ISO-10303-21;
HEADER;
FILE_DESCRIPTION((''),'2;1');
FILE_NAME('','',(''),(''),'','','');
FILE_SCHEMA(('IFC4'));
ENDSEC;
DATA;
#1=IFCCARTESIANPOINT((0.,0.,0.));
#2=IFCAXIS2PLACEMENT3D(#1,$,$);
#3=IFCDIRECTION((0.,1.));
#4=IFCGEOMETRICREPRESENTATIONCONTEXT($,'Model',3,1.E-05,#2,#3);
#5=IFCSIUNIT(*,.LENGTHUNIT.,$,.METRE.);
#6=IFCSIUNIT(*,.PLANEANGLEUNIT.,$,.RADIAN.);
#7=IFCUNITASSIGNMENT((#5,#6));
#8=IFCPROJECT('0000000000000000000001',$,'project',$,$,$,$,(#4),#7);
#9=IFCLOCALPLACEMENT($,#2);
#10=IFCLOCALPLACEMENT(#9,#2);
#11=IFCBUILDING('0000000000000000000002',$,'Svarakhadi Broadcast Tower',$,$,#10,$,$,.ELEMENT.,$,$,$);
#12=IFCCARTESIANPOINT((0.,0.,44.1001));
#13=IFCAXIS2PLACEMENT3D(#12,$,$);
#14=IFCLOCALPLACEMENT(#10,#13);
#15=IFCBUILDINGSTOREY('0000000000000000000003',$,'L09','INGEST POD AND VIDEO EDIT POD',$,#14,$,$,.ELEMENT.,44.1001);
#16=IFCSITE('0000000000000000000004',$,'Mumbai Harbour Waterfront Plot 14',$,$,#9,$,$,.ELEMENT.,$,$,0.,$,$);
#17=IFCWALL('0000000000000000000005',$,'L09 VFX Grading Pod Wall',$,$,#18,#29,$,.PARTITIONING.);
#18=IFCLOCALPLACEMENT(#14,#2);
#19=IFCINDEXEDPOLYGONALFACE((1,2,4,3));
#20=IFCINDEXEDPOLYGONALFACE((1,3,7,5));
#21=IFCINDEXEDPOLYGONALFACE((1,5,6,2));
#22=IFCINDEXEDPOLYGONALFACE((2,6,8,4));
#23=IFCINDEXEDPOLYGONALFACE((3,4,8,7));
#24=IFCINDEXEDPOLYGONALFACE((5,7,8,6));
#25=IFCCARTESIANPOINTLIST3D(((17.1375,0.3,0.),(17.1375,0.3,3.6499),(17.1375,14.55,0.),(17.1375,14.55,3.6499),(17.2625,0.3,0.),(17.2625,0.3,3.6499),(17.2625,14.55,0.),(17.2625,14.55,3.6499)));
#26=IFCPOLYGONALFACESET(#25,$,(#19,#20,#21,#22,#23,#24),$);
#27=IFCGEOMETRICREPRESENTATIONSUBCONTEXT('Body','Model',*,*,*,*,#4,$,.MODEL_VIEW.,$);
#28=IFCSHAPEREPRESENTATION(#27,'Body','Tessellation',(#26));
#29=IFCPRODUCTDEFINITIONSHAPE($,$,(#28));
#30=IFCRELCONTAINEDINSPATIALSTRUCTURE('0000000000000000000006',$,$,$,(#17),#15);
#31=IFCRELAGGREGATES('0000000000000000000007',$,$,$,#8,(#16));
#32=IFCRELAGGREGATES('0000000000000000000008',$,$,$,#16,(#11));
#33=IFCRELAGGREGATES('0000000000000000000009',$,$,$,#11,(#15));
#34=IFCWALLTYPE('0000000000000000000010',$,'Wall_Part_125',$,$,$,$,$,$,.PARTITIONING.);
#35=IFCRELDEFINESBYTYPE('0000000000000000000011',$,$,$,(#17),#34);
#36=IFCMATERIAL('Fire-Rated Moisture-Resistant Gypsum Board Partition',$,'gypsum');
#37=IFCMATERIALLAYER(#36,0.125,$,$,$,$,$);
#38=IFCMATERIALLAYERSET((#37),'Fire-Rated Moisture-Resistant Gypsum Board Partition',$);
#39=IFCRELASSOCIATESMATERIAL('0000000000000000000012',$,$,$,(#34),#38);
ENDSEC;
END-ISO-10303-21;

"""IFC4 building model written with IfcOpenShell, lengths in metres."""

from ifc_helpers import new_model, si_unit, direction, frame, frame_2d, origin, place, context, subcontext, project, spatial, rectangle, extrude, material, layer, layer_set, type_object, element, save


model = new_model("IFC4")

# Units and contexts
model_context = context("Model", 3, precision=1e-05, world=origin(), true_north=direction((0.0, 1.0)))
body_context = subcontext(model_context, "Body", "Model", "MODEL_VIEW")
ifc_project = project(units=[si_unit("LENGTHUNIT", "METRE"), si_unit("PLANEANGLEUNIT", "RADIAN")], contexts=[model_context])

# Site, building, storey
site_placement = place(None, origin())
site = spatial("IfcSite", under=ifc_project, at=site_placement, Name="Mumbai Harbour Waterfront Plot 14", CompositionType="ELEMENT", RefElevation=0.0)
building_placement = place(site_placement, origin())
building = spatial("IfcBuilding", under=site, at=building_placement, Name="Svarakhadi Broadcast Tower", CompositionType="ELEMENT")
storey_placement = place(building_placement, frame((0.0, 0.0, 44.1001)))
storey = spatial("IfcBuildingStorey", under=building, at=storey_placement, Name="L09", Description="INGEST POD AND VIDEO EDIT POD", CompositionType="ELEMENT", Elevation=44.1001)

# Wall
ifc_material_1 = material(Name="Fire-Rated Moisture-Resistant Gypsum Board Partition", Category="gypsum")
ifc_layer_1 = layer(ifc_material_1, 0.125)
ifc_layer_set_1 = layer_set([ifc_layer_1], Name="Fire-Rated Moisture-Resistant Gypsum Board Partition")
wall_type_1 = type_object("IfcWallType", Name="Wall_Part_125", PredefinedType="PARTITIONING", material=ifc_layer_set_1)
for number, where, z_axis, x_axis, name in (
    (1, (17.2, 0.3, 0.0), (0.0, 0.0, 1.0), (0.0, 1.0, 0.0), "L09 VFX Grading Pod Wall"),
):
    element("IfcWall", number, at=place(storey_placement, frame(where, z_axis=z_axis, x_axis=x_axis)), inside=storey, type_object=wall_type_1, Name=name, PredefinedType="PARTITIONING", context=body_context, shape_type="SweptSolid", body=[
        extrude(rectangle(XDim=14.25, YDim=0.125, at=frame_2d((7.125, 0.0))), origin(), (0.0, 0.0, 1.0), 3.6499),
    ])

save(model, "model.ifc")
